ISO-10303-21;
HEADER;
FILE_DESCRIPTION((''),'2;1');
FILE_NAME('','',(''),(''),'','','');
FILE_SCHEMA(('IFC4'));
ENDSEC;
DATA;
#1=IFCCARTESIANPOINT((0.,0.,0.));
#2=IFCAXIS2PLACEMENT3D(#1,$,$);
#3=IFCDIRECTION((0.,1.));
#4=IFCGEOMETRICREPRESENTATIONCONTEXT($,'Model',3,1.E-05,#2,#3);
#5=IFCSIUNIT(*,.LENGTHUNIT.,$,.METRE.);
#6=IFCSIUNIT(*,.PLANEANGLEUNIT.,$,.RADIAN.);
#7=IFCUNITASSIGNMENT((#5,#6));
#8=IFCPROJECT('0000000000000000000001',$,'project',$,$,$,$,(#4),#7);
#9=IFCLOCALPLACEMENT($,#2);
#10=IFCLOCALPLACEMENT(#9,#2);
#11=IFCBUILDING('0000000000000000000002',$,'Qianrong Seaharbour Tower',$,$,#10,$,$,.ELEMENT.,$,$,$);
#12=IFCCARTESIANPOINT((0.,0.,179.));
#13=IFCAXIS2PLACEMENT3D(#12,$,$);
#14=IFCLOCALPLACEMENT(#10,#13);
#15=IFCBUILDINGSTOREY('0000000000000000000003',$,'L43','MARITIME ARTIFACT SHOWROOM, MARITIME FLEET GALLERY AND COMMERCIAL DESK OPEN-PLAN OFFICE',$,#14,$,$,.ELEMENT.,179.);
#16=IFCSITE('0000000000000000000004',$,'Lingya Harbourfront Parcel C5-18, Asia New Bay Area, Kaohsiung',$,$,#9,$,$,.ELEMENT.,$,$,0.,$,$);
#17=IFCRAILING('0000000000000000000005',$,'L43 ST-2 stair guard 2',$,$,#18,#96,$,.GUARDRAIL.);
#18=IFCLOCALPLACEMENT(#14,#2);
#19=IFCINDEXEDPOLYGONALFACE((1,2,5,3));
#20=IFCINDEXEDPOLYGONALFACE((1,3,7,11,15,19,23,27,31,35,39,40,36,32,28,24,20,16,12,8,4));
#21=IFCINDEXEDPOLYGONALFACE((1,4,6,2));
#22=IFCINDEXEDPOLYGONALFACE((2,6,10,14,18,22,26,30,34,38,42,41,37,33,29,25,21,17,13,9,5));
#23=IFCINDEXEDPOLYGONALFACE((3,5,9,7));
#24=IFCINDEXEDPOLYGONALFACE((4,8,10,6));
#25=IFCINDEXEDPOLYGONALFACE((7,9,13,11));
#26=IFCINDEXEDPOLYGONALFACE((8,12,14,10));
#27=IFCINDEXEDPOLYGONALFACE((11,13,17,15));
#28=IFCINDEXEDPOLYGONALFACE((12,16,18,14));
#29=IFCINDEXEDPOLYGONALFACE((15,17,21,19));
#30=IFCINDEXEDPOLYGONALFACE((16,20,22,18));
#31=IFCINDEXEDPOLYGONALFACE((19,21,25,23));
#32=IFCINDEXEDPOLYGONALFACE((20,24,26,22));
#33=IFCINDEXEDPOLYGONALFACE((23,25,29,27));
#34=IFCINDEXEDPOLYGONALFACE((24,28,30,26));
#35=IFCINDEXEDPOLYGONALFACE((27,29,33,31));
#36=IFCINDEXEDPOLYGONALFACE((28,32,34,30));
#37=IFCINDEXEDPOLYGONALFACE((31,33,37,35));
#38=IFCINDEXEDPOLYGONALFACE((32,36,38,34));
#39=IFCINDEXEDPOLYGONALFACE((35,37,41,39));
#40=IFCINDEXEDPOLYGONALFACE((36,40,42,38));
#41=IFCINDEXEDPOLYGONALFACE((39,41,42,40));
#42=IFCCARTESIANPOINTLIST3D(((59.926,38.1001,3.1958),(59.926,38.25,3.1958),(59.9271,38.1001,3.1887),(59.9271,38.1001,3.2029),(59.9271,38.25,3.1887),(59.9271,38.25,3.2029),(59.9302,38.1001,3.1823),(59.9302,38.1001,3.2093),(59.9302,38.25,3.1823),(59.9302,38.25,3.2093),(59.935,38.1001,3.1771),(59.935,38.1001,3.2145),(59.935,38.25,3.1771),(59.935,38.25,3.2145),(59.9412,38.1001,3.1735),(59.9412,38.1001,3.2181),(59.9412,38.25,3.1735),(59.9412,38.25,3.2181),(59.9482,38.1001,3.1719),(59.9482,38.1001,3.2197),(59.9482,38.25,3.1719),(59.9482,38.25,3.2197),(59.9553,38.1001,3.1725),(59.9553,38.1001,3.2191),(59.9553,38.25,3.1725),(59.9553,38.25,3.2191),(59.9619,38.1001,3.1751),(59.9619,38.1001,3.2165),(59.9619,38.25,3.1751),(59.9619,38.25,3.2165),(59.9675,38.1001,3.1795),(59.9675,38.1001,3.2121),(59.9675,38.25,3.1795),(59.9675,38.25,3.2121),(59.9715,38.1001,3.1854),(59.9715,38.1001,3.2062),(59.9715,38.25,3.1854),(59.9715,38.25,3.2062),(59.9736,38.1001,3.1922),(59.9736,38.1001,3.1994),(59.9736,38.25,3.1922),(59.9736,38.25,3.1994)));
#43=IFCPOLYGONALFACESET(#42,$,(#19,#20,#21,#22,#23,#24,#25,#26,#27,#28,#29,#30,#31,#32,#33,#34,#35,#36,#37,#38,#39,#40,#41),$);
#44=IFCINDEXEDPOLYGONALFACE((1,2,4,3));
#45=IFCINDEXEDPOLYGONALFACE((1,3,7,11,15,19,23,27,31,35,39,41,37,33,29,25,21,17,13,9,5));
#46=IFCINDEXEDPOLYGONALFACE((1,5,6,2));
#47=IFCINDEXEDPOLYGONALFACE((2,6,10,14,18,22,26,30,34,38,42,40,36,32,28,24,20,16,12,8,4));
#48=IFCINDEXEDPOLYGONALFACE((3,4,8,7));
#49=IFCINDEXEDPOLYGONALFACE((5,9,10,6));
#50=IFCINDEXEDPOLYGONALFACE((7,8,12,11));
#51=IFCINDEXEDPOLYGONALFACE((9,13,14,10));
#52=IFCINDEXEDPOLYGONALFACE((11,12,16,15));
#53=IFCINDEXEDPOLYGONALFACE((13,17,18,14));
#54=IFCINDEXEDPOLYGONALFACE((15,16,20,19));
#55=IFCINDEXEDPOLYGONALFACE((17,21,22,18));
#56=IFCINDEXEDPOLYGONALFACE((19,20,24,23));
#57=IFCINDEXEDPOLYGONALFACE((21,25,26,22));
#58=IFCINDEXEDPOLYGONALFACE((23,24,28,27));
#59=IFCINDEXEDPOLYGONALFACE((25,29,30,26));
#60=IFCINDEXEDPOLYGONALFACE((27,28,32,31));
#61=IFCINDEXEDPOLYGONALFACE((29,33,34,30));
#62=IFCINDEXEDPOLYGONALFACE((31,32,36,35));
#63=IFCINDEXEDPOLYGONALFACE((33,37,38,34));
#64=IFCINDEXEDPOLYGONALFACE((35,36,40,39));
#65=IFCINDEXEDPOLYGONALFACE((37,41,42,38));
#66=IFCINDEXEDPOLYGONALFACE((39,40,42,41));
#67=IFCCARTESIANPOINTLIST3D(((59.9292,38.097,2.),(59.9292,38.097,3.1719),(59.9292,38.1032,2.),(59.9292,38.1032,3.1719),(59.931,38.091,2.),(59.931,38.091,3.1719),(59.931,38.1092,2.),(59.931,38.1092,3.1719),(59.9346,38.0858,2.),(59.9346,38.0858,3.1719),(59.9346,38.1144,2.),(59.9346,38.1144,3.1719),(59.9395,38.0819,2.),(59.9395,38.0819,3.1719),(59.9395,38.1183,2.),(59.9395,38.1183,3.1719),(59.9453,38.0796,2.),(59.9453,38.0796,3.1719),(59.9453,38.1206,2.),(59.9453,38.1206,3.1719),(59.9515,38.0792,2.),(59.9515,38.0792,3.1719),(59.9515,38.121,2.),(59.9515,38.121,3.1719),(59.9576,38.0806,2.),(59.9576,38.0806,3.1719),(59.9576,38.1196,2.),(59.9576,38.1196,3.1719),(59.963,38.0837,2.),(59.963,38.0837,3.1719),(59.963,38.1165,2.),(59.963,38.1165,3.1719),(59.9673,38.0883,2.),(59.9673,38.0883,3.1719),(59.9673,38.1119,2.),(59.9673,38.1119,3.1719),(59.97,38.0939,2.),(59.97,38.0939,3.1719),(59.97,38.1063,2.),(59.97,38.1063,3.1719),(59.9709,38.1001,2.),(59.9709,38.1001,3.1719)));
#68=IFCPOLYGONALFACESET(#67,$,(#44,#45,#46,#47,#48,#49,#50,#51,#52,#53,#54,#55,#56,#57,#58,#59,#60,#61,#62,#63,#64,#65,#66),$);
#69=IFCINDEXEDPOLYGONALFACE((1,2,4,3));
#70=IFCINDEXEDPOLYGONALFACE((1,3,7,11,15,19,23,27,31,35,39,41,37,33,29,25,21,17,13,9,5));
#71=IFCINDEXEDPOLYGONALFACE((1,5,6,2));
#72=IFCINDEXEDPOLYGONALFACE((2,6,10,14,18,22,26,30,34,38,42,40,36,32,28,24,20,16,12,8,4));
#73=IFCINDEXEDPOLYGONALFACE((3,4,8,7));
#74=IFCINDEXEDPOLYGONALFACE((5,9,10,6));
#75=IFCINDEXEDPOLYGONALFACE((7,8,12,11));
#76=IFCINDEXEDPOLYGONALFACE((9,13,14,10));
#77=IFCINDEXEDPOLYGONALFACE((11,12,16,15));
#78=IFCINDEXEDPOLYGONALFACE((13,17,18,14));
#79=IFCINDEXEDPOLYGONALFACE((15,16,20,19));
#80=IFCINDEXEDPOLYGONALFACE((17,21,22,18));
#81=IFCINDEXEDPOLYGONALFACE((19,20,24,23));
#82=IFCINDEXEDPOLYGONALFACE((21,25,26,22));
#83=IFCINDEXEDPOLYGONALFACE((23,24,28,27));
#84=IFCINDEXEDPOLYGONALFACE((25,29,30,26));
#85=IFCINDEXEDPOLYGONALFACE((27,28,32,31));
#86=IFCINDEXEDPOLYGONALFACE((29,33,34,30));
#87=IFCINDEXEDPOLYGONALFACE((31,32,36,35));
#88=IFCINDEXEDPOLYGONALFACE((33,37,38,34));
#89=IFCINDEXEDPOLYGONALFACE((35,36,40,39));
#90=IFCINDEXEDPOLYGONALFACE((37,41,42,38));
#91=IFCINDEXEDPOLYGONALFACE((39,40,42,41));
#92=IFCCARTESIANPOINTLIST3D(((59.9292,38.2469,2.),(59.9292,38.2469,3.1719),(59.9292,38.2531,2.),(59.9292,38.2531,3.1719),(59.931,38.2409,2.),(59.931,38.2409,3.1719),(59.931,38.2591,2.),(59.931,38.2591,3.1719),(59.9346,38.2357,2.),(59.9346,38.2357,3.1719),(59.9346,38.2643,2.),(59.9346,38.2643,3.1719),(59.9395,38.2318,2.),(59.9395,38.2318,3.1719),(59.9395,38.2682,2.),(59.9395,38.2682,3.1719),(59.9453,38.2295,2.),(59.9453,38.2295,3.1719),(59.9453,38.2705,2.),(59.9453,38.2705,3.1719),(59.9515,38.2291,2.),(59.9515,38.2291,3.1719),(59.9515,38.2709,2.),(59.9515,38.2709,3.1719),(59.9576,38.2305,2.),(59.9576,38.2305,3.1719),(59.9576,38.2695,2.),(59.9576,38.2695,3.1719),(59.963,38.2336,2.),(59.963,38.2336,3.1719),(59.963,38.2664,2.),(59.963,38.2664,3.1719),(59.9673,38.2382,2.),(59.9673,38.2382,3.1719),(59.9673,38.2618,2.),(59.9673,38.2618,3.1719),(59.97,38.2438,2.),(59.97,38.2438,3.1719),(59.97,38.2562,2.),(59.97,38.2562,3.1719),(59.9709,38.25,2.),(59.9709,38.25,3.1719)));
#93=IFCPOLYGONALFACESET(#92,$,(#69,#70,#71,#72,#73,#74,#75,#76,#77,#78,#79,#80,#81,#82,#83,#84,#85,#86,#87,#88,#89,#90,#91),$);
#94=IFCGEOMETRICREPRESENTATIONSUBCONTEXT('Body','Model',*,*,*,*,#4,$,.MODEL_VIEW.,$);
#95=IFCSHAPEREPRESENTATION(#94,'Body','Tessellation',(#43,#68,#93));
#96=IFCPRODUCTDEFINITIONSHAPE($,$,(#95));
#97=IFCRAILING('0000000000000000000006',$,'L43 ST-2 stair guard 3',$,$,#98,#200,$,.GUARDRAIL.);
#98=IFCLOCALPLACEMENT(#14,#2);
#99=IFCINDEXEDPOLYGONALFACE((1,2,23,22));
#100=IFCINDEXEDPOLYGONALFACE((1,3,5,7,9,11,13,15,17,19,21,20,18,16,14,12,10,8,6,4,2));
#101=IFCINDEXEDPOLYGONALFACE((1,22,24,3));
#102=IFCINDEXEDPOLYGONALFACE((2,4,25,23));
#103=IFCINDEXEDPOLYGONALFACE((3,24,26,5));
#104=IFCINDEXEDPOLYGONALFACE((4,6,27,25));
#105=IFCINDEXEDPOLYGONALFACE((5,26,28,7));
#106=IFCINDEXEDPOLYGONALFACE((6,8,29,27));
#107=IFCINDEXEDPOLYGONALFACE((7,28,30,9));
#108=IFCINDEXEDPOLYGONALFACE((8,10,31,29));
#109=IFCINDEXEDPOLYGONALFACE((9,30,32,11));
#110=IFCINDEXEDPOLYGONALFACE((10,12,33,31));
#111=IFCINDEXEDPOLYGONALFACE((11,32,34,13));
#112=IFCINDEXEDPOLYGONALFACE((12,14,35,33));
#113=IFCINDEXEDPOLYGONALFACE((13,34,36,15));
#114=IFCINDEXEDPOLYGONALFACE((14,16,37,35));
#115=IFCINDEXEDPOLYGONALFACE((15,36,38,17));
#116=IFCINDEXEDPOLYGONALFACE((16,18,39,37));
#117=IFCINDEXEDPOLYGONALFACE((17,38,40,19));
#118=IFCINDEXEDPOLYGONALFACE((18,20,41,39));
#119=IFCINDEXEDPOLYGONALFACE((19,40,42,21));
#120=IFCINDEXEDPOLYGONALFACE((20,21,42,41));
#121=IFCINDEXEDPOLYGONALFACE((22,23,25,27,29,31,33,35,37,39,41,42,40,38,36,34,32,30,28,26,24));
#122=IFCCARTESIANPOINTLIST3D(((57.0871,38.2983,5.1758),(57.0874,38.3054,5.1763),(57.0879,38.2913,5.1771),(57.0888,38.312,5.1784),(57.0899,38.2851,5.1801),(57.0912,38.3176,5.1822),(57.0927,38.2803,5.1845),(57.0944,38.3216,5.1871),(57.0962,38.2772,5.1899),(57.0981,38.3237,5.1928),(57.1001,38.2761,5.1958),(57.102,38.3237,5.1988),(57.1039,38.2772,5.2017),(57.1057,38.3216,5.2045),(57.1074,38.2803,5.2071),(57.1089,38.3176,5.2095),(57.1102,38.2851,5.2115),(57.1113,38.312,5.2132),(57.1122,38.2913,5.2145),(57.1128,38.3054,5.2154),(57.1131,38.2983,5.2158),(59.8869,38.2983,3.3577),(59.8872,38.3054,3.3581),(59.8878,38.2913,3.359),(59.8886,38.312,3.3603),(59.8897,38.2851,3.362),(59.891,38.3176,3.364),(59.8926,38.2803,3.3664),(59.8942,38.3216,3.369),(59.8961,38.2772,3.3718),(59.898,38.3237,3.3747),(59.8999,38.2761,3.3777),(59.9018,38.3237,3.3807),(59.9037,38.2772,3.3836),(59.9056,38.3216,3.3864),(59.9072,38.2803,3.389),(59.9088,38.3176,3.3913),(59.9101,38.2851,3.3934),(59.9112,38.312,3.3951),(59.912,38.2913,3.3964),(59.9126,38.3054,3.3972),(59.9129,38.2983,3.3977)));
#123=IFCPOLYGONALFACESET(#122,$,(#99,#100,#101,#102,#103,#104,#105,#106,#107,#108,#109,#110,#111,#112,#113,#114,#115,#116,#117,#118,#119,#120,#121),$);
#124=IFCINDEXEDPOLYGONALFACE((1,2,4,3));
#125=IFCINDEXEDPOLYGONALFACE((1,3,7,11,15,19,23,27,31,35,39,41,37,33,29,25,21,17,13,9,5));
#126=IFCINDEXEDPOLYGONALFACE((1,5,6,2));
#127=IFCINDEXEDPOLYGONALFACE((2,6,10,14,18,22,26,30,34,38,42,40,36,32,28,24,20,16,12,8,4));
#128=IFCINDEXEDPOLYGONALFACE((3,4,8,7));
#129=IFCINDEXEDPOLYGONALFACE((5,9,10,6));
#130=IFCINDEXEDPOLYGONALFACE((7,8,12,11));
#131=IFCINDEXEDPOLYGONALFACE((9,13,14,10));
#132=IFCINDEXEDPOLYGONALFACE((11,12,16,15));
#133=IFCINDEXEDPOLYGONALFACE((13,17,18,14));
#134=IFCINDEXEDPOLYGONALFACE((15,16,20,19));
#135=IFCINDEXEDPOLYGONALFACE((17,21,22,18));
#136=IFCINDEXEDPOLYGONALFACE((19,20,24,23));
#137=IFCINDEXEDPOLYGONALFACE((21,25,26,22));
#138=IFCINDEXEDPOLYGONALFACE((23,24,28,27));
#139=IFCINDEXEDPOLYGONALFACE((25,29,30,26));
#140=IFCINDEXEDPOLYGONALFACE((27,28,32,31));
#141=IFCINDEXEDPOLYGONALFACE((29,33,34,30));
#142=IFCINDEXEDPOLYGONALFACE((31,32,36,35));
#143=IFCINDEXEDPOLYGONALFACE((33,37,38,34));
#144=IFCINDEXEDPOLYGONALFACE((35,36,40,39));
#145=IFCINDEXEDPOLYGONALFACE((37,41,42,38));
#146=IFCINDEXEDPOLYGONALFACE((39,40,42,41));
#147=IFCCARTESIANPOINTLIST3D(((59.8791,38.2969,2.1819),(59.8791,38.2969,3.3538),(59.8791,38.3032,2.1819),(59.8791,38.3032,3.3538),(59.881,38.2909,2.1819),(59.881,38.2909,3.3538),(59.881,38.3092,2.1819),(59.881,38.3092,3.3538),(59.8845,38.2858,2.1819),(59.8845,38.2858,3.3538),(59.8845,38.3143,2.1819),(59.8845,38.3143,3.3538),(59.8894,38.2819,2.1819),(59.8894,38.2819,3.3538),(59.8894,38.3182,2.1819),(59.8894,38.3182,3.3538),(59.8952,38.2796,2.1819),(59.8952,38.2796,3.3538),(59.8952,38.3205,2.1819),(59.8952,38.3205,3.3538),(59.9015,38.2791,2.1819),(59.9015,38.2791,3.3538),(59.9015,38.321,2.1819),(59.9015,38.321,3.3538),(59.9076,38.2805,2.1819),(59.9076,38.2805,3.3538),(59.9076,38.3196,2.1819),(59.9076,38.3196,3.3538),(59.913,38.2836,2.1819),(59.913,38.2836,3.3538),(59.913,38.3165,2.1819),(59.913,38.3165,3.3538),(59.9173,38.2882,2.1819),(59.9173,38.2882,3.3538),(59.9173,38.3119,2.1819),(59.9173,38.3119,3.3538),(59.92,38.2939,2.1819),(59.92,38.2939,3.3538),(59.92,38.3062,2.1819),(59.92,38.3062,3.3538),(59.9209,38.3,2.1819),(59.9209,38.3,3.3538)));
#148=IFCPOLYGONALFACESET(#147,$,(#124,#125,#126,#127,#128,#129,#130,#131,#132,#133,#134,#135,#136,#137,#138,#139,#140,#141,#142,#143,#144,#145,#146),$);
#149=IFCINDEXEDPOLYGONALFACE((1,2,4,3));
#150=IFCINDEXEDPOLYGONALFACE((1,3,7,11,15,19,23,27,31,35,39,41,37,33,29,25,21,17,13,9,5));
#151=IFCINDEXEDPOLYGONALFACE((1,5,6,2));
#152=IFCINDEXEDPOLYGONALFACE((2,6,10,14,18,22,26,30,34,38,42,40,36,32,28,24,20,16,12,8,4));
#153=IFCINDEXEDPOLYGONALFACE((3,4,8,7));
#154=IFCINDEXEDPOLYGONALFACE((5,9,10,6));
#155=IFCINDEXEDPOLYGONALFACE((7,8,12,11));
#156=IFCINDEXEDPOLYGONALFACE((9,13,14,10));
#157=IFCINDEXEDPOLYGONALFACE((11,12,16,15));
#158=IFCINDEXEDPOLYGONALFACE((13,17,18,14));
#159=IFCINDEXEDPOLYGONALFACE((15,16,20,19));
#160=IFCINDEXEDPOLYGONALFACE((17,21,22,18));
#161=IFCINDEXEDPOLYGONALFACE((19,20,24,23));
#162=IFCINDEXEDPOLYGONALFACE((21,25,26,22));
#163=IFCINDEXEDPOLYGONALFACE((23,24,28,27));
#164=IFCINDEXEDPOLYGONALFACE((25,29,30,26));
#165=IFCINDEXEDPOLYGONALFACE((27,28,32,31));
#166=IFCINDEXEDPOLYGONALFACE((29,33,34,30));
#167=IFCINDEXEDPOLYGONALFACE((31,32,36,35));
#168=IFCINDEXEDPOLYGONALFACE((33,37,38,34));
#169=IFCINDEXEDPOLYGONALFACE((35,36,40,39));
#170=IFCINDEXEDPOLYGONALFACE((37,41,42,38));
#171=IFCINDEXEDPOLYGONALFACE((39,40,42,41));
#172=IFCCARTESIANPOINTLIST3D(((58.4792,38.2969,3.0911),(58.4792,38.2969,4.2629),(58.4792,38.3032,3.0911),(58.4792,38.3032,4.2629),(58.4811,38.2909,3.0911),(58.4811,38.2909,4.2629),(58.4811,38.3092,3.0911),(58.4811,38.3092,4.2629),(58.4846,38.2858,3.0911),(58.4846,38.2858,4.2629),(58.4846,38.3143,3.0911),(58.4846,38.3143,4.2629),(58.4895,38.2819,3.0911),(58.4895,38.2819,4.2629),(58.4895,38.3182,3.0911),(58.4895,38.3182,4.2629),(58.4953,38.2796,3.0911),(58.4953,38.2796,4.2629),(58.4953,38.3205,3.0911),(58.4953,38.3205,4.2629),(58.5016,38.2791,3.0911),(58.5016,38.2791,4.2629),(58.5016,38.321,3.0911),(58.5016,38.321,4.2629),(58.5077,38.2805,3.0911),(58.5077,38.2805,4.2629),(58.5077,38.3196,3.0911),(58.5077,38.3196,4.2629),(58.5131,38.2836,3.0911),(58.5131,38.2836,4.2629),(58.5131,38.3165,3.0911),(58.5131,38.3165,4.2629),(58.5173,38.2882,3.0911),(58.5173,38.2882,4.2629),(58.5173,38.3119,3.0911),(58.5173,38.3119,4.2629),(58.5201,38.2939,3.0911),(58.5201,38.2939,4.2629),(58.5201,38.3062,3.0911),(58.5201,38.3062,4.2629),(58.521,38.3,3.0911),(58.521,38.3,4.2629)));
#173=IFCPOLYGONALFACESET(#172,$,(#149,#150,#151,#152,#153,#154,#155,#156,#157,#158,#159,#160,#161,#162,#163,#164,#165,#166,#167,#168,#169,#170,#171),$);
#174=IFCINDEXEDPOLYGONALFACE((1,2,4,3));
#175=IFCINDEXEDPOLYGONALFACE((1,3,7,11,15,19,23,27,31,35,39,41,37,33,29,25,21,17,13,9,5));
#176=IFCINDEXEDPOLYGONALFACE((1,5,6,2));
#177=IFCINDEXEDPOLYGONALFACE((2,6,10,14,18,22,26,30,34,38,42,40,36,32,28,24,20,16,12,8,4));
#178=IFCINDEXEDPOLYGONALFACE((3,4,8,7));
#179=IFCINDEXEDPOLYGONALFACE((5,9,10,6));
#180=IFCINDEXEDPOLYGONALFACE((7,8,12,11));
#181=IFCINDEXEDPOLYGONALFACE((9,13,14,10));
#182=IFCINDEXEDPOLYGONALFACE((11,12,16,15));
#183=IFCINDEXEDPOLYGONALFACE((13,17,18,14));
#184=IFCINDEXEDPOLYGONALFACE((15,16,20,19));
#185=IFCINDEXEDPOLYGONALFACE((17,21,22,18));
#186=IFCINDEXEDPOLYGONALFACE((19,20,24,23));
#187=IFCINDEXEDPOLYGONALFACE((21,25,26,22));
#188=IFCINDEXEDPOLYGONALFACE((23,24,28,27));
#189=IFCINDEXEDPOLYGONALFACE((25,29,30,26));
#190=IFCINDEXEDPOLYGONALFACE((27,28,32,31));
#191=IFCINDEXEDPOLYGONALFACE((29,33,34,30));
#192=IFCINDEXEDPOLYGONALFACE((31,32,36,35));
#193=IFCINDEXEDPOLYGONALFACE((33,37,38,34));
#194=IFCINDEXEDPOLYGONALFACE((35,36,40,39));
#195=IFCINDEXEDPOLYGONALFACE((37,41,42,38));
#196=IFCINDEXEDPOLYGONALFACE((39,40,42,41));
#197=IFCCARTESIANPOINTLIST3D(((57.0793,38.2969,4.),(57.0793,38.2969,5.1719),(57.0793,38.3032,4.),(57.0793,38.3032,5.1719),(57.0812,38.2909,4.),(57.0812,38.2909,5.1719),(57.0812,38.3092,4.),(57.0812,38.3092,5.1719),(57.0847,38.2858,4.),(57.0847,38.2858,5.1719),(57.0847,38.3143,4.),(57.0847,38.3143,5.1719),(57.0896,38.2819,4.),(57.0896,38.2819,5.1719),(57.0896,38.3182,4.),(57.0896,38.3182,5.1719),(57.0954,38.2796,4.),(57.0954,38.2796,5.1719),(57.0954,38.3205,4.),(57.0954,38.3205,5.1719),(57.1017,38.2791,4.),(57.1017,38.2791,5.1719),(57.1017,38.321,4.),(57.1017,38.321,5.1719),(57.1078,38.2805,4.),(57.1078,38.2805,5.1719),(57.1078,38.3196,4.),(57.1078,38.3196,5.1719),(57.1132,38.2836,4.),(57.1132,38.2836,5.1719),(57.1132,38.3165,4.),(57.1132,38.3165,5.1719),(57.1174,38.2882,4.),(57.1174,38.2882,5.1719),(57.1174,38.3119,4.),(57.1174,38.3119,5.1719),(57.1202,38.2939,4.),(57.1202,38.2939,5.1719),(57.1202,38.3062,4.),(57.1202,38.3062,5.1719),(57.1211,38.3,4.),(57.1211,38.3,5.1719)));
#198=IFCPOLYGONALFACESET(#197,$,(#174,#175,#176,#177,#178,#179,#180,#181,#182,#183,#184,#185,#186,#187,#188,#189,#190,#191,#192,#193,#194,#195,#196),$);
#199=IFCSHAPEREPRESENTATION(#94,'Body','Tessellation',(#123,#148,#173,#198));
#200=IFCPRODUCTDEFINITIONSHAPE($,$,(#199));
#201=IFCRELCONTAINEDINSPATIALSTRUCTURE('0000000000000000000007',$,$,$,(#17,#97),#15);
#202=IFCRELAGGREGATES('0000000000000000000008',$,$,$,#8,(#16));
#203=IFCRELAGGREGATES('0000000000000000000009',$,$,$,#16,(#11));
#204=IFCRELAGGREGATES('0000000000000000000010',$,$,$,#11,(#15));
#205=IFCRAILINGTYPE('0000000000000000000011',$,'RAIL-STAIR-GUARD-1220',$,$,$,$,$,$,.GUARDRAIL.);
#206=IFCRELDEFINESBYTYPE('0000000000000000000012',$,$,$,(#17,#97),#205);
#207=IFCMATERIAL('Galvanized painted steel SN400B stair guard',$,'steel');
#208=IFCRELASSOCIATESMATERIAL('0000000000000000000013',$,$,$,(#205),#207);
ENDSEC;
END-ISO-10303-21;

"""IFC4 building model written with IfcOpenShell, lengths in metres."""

from ifc_helpers import new_model, si_unit, direction, frame, origin, origin_2d, place, context, subcontext, project, spatial, circle, extrude, material, type_object, element, save


model = new_model("IFC4")

# Units and contexts
model_context = context("Model", 3, precision=1e-05, world=origin(), true_north=direction((0.0, 1.0)))
body_context = subcontext(model_context, "Body", "Model", "MODEL_VIEW")
ifc_project = project(units=[si_unit("LENGTHUNIT", "METRE"), si_unit("PLANEANGLEUNIT", "RADIAN")], contexts=[model_context])

# Site, building, storey
site_placement = place(None, origin())
site = spatial("IfcSite", under=ifc_project, at=site_placement, Name="Lingya Harbourfront Parcel C5-18, Asia New Bay Area, Kaohsiung", CompositionType="ELEMENT", RefElevation=0.0)
building_placement = place(site_placement, origin())
building = spatial("IfcBuilding", under=site, at=building_placement, Name="Qianrong Seaharbour Tower", CompositionType="ELEMENT")
storey_placement = place(building_placement, frame((0.0, 0.0, 179.0)))
storey = spatial("IfcBuildingStorey", under=building, at=storey_placement, Name="L43", Description="MARITIME ARTIFACT SHOWROOM, MARITIME FLEET GALLERY AND COMMERCIAL DESK OPEN-PLAN OFFICE", CompositionType="ELEMENT", Elevation=179.0)

# Railings
ifc_material_1 = material(Name="Galvanized painted steel SN400B stair guard", Category="steel")
railing_type_1 = type_object("IfcRailingType", Name="RAIL-STAIR-GUARD-1220", PredefinedType="GUARDRAIL", material=ifc_material_1)
railing_1_placement = place(storey_placement, frame((59.95, 38.1001, 2.0)))
element("IfcRailing", 1, at=railing_1_placement, inside=storey, type_object=railing_type_1, Name="L43 ST-2 stair guard 2", PredefinedType="GUARDRAIL", context=body_context, shape_type="SweptSolid", body=[
    extrude(circle(Radius=0.0239, at=origin_2d()), frame((0.0, 0.0, 1.1958), z_axis=(0.0, 1.0, 0.0), x_axis=(-1.0, 0.0, 0.0)), (0.0, 0.0, 1.0), 0.1499),
    extrude(circle(Radius=0.021, at=origin_2d()), origin(), (0.0, 0.0, 1.0), 1.1719),
    extrude(circle(Radius=0.021, at=origin_2d()), frame((0.0, 0.1499, 0.0)), (0.0, 0.0, 1.0), 1.1719),
])
railing_2_placement = place(storey_placement, frame((59.8999, 38.3, 2.1819)))
element("IfcRailing", 2, at=railing_2_placement, inside=storey, type_object=railing_type_1, Name="L43 ST-2 stair guard 3", PredefinedType="GUARDRAIL", context=body_context, shape_type="SweptSolid", body=[
    extrude(circle(Radius=0.0239, at=origin_2d()), frame((0.0, 0.0, 1.1958), z_axis=(-0.838684, 0.0, 0.544618), x_axis=(0.0, -1.0, 0.0)), (0.0, 0.0, 1.0), 3.3384),
    extrude(circle(Radius=0.021, at=origin_2d()), origin(), (0.0, 0.0, 1.0), 1.1719),
    extrude(circle(Radius=0.021, at=origin_2d()), frame((-1.3999, 0.0, 0.9092)), (0.0, 0.0, 1.0), 1.1719),
    extrude(circle(Radius=0.021, at=origin_2d()), frame((-2.7998, 0.0, 1.8181)), (0.0, 0.0, 1.0), 1.1719),
])

save(model, "model.ifc")
